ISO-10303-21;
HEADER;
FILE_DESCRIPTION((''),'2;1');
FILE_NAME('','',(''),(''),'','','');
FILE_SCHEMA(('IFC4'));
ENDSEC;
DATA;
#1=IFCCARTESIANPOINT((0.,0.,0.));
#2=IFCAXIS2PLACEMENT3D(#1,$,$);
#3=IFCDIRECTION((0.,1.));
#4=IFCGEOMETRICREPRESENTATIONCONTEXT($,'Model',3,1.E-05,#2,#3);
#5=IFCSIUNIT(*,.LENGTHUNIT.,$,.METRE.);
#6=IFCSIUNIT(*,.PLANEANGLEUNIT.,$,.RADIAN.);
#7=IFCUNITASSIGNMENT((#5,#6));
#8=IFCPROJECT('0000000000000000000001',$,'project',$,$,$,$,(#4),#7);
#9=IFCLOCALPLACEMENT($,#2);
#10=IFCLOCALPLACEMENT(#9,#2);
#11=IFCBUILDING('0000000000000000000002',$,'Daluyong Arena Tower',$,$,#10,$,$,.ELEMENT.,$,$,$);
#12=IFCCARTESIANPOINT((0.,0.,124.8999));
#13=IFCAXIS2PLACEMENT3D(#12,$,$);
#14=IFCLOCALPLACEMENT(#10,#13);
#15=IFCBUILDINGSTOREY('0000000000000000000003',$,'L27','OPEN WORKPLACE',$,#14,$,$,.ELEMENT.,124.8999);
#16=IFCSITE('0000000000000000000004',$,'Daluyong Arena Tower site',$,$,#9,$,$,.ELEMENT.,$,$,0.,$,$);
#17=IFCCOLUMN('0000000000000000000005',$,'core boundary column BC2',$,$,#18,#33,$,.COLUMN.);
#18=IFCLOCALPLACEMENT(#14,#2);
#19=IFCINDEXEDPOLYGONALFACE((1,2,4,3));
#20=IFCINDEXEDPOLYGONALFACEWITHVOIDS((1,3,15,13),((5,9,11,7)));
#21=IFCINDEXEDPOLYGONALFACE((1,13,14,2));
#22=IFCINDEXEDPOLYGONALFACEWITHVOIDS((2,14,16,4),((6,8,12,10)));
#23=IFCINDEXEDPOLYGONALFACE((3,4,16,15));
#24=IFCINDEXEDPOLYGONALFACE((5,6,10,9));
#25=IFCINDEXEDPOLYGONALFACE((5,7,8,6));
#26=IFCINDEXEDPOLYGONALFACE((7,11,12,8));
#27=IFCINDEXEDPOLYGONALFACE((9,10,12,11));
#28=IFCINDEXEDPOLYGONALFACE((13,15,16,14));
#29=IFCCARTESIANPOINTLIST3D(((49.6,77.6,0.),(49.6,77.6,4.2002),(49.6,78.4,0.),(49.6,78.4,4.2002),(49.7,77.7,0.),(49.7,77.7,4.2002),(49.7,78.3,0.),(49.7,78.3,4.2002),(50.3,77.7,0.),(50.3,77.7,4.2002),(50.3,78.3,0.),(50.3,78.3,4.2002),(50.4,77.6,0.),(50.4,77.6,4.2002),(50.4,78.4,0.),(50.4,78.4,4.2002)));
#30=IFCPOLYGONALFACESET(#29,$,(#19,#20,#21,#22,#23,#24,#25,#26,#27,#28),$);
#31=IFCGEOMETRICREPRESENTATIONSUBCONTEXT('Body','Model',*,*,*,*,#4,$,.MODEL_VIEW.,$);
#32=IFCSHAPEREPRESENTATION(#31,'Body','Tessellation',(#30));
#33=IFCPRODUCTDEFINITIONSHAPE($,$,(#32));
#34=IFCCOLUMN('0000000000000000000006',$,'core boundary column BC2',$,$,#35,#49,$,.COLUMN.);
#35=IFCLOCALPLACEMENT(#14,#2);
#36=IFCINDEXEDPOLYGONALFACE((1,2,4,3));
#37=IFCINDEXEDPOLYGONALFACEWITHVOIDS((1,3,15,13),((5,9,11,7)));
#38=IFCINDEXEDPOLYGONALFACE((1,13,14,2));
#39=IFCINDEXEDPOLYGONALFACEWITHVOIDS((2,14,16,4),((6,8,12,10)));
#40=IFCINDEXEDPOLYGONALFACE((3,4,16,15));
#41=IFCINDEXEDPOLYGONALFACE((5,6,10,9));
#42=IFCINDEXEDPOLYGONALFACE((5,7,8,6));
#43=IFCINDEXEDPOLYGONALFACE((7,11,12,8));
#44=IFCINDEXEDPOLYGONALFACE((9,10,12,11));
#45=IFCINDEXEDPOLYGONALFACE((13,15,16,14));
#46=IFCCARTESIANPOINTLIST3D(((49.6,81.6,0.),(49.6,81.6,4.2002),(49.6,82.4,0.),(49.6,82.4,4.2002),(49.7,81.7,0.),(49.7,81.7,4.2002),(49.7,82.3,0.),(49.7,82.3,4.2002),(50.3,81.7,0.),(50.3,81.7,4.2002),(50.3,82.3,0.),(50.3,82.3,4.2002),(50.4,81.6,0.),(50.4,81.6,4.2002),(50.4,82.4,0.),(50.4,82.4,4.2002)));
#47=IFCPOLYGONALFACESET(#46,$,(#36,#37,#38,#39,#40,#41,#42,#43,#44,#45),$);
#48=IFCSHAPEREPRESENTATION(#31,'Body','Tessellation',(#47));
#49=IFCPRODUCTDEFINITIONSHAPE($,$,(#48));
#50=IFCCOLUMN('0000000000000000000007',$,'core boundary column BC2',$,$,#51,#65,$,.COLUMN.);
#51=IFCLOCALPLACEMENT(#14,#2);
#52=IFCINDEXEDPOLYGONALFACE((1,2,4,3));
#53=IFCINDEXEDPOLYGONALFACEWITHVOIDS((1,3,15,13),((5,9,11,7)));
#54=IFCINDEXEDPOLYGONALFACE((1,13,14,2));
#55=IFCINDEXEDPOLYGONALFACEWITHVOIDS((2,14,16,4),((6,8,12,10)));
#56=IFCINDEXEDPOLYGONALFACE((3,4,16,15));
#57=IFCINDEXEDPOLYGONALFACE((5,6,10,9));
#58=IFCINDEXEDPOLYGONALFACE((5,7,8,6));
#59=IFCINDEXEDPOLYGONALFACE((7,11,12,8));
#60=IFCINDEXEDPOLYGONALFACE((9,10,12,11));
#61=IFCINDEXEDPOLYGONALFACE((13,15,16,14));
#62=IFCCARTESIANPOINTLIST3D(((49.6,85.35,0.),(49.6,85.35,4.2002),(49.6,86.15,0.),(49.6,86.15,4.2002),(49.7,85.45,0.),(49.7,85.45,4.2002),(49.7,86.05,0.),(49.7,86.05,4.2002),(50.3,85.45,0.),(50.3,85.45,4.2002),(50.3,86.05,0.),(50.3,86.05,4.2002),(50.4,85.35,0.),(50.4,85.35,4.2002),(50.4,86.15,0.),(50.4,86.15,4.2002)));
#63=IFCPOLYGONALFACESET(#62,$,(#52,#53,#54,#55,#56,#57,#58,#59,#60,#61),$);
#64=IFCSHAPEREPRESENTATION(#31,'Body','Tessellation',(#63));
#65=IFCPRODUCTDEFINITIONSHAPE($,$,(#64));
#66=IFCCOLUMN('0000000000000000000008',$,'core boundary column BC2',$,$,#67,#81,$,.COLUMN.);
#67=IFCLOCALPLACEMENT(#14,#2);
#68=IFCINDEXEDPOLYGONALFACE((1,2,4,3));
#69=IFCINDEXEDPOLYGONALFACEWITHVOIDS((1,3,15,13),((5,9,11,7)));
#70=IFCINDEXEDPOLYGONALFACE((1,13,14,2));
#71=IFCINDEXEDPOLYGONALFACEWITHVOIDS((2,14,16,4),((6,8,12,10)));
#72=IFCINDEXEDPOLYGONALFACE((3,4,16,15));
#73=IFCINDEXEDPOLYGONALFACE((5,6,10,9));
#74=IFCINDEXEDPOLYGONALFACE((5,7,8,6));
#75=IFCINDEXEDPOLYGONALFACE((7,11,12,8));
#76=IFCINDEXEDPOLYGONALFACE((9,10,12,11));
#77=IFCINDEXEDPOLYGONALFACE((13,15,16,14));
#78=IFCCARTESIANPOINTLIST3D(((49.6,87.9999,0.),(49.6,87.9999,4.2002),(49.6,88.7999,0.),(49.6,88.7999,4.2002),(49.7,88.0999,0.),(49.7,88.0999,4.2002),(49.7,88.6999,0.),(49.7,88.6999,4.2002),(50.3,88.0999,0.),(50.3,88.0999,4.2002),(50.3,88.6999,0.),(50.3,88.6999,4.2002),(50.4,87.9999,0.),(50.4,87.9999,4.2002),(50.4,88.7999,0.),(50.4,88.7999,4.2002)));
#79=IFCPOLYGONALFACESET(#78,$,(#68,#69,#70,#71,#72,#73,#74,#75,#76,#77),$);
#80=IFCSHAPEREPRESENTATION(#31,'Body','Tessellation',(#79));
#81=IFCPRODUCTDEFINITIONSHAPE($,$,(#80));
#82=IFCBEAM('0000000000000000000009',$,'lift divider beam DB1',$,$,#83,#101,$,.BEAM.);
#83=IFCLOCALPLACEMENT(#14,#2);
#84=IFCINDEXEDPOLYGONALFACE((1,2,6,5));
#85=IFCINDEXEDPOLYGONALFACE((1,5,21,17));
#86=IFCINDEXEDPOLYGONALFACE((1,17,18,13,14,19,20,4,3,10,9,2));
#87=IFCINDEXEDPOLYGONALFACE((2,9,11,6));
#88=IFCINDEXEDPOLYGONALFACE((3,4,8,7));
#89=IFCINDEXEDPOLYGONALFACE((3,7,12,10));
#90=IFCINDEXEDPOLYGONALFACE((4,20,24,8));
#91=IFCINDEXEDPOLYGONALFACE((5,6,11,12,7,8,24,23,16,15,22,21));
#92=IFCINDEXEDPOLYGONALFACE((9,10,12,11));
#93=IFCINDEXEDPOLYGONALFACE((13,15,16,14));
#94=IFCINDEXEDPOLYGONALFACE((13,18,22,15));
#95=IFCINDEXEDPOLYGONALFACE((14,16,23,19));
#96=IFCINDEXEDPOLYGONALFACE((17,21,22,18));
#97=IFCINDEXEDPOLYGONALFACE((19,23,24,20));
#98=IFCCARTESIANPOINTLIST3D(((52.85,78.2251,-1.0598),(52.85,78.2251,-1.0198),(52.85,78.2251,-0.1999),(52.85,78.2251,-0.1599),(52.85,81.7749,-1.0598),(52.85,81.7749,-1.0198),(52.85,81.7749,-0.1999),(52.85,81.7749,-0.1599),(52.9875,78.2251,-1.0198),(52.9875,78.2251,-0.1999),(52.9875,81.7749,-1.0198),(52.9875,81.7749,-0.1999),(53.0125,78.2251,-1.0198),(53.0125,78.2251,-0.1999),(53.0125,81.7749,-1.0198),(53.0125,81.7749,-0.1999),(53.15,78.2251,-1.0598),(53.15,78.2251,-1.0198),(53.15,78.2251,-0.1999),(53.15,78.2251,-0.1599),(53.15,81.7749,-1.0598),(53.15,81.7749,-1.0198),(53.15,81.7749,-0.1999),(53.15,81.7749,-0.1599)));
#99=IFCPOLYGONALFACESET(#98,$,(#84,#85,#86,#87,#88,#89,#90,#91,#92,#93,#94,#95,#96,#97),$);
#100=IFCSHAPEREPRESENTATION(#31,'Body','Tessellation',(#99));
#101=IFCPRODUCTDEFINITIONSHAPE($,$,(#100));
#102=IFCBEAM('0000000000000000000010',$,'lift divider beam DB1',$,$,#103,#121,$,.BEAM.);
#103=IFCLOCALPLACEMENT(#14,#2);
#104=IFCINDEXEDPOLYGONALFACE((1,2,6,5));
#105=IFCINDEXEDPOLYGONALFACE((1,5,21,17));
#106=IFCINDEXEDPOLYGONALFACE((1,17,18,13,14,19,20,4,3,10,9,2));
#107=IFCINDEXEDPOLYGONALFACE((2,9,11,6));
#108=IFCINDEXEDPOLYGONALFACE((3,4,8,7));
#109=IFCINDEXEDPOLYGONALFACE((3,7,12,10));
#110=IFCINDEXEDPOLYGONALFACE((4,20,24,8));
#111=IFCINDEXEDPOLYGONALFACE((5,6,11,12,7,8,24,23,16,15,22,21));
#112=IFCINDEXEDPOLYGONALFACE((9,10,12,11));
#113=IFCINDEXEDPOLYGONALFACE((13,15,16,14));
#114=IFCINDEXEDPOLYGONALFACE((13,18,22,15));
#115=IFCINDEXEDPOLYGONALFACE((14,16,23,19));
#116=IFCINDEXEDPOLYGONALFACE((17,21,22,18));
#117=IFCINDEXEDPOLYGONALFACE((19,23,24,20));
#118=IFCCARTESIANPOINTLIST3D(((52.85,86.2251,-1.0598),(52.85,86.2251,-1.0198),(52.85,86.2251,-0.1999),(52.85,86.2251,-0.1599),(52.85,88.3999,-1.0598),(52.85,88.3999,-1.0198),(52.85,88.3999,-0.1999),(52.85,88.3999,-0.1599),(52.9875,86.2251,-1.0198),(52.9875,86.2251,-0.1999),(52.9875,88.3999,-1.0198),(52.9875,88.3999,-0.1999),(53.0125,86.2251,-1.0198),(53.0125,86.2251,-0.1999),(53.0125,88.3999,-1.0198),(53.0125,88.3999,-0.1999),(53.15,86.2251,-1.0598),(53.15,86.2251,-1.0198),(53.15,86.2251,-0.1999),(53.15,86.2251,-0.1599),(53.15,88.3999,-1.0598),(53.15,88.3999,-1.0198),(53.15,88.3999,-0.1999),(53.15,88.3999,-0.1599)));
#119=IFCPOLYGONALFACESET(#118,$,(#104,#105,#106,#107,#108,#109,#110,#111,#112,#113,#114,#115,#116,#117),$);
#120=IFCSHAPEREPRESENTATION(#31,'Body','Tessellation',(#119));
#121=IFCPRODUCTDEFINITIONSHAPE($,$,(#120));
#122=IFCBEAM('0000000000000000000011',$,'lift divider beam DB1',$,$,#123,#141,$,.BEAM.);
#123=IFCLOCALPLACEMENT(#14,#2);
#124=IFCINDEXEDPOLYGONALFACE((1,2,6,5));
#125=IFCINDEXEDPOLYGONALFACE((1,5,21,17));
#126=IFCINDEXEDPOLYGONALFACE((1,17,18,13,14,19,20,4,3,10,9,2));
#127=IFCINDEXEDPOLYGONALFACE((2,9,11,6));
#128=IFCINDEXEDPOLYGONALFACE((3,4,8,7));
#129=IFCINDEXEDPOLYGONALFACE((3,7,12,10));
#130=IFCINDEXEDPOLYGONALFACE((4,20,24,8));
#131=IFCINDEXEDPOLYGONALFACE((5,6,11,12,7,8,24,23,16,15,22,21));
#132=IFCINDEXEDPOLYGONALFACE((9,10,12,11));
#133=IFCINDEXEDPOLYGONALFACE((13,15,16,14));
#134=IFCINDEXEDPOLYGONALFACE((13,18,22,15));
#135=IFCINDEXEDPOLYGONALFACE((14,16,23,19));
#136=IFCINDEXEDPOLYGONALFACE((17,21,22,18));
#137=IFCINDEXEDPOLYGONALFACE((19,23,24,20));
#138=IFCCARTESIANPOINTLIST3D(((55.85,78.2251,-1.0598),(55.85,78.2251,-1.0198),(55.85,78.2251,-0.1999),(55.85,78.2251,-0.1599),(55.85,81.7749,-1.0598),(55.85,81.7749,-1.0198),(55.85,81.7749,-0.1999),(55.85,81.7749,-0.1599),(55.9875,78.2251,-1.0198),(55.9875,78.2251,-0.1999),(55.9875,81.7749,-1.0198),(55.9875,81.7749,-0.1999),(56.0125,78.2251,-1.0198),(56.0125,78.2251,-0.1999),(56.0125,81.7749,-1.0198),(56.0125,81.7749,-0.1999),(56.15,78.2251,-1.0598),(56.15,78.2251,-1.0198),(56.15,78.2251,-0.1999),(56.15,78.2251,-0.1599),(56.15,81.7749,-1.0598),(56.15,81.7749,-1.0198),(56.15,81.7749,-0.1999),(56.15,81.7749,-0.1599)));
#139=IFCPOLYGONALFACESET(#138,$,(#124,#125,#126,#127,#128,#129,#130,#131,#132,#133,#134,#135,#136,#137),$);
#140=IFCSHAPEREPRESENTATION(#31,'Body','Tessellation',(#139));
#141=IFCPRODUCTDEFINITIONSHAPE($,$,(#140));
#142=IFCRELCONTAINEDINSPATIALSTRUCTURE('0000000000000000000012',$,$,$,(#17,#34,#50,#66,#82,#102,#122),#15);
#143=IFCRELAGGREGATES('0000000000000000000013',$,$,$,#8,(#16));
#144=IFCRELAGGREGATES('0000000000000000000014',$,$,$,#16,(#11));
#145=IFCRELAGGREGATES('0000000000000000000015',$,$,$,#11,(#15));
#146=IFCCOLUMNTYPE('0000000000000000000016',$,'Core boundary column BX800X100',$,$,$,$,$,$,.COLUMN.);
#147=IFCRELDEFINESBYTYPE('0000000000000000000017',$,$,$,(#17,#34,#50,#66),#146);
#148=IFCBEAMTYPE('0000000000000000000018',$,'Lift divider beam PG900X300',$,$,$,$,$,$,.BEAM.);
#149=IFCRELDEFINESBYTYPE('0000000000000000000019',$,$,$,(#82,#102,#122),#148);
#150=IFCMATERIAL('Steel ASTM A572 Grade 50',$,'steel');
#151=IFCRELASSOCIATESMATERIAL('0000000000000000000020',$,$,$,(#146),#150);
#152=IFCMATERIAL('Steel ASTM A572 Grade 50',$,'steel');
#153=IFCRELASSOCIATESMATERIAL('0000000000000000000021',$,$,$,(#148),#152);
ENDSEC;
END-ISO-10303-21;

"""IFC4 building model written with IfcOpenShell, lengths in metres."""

from ifc_helpers import new_model, si_unit, direction, frame, origin, origin_2d, place, context, subcontext, project, spatial, hollow_rectangle, i_section, extrude, material, material_profile, profile_set, type_object, element, save


model = new_model("IFC4")

# Units and contexts
model_context = context("Model", 3, precision=1e-05, world=origin(), true_north=direction((0.0, 1.0)))
body_context = subcontext(model_context, "Body", "Model", "MODEL_VIEW")
ifc_project = project(units=[si_unit("LENGTHUNIT", "METRE"), si_unit("PLANEANGLEUNIT", "RADIAN")], contexts=[model_context])

# Site, building, storey
site_placement = place(None, origin())
site = spatial("IfcSite", under=ifc_project, at=site_placement, Name="Daluyong Arena Tower site", CompositionType="ELEMENT", RefElevation=0.0)
building_placement = place(site_placement, origin())
building = spatial("IfcBuilding", under=site, at=building_placement, Name="Daluyong Arena Tower", CompositionType="ELEMENT")
storey_placement = place(building_placement, frame((0.0, 0.0, 124.8999)))
storey = spatial("IfcBuildingStorey", under=building, at=storey_placement, Name="L27", Description="OPEN WORKPLACE", CompositionType="ELEMENT", Elevation=124.8999)

# Columns
ifc_material_1 = material(Name="Steel ASTM A572 Grade 50", Category="steel")
ifc_material_profile_1 = material_profile(ifc_material_1, hollow_rectangle(XDim=0.8, YDim=0.8, WallThickness=0.1, at=origin_2d()))
ifc_profile_set_1 = profile_set([ifc_material_profile_1], Name="Steel ASTM A572 Grade 50")
column_type = type_object("IfcColumnType", Name="Core boundary column BX800X100", PredefinedType="COLUMN", material=ifc_profile_set_1)
for number, where, z_axis, x_axis, name in (
    (1, (50.0, 78.0, 0.0), (0.0, 0.0, 1.0), (1.0, 0.0, 0.0), "core boundary column BC2"),
    (2, (50.0, 82.0, 0.0), (0.0, 0.0, 1.0), (1.0, 0.0, 0.0), "core boundary column BC2"),
    (3, (50.0, 85.75, 0.0), (0.0, 0.0, 1.0), (1.0, 0.0, 0.0), "core boundary column BC2"),
    (4, (50.0, 88.3999, 0.0), (0.0, 0.0, 1.0), (1.0, 0.0, 0.0), "core boundary column BC2"),
):
    element("IfcColumn", number, at=place(storey_placement, frame(where, z_axis=z_axis, x_axis=x_axis)), inside=storey, type_object=column_type, Name=name, PredefinedType="COLUMN", context=body_context, shape_type="SweptSolid", body=[
        extrude(hollow_rectangle(XDim=0.8, YDim=0.8, WallThickness=0.1, at=origin_2d()), origin(), (0.0, 0.0, 1.0), 4.2002),
    ])

# Beams
ifc_material_2 = material(Name="Steel ASTM A572 Grade 50", Category="steel")
ifc_material_profile_2 = material_profile(ifc_material_2, i_section(OverallWidth=0.3, OverallDepth=0.8999, WebThickness=0.025, FlangeThickness=0.04, at=origin_2d()))
ifc_profile_set_2 = profile_set([ifc_material_profile_2], Name="Steel ASTM A572 Grade 50")
beam_type = type_object("IfcBeamType", Name="Lift divider beam PG900X300", PredefinedType="BEAM", material=ifc_profile_set_2)
beam_1_placement = place(storey_placement, frame((53.0, 78.2251, -0.6099), z_axis=(0.0, 1.0, 0.0), x_axis=(-1.0, 0.0, 0.0)))
element("IfcBeam", 5, at=beam_1_placement, inside=storey, type_object=beam_type, Name="lift divider beam DB1", PredefinedType="BEAM", context=body_context, shape_type="SweptSolid", body=[
    extrude(i_section(OverallWidth=0.3, OverallDepth=0.8999, WebThickness=0.025, FlangeThickness=0.04, at=origin_2d()), origin(), (0.0, 0.0, 1.0), 3.5498),
])
beam_2_placement = place(storey_placement, frame((53.0, 86.2251, -0.6099), z_axis=(0.0, 1.0, 0.0), x_axis=(-1.0, 0.0, 0.0)))
element("IfcBeam", 6, at=beam_2_placement, inside=storey, type_object=beam_type, Name="lift divider beam DB1", PredefinedType="BEAM", context=body_context, shape_type="SweptSolid", body=[
    extrude(i_section(OverallWidth=0.3, OverallDepth=0.8999, WebThickness=0.025, FlangeThickness=0.04, at=origin_2d()), origin(), (0.0, 0.0, 1.0), 2.1748),
])
beam_3_placement = place(storey_placement, frame((56.0, 78.2251, -0.6099), z_axis=(0.0, 1.0, 0.0), x_axis=(-1.0, 0.0, 0.0)))
element("IfcBeam", 7, at=beam_3_placement, inside=storey, type_object=beam_type, Name="lift divider beam DB1", PredefinedType="BEAM", context=body_context, shape_type="SweptSolid", body=[
    extrude(i_section(OverallWidth=0.3, OverallDepth=0.8999, WebThickness=0.025, FlangeThickness=0.04, at=origin_2d()), origin(), (0.0, 0.0, 1.0), 3.5498),
])

save(model, "model.ifc")
